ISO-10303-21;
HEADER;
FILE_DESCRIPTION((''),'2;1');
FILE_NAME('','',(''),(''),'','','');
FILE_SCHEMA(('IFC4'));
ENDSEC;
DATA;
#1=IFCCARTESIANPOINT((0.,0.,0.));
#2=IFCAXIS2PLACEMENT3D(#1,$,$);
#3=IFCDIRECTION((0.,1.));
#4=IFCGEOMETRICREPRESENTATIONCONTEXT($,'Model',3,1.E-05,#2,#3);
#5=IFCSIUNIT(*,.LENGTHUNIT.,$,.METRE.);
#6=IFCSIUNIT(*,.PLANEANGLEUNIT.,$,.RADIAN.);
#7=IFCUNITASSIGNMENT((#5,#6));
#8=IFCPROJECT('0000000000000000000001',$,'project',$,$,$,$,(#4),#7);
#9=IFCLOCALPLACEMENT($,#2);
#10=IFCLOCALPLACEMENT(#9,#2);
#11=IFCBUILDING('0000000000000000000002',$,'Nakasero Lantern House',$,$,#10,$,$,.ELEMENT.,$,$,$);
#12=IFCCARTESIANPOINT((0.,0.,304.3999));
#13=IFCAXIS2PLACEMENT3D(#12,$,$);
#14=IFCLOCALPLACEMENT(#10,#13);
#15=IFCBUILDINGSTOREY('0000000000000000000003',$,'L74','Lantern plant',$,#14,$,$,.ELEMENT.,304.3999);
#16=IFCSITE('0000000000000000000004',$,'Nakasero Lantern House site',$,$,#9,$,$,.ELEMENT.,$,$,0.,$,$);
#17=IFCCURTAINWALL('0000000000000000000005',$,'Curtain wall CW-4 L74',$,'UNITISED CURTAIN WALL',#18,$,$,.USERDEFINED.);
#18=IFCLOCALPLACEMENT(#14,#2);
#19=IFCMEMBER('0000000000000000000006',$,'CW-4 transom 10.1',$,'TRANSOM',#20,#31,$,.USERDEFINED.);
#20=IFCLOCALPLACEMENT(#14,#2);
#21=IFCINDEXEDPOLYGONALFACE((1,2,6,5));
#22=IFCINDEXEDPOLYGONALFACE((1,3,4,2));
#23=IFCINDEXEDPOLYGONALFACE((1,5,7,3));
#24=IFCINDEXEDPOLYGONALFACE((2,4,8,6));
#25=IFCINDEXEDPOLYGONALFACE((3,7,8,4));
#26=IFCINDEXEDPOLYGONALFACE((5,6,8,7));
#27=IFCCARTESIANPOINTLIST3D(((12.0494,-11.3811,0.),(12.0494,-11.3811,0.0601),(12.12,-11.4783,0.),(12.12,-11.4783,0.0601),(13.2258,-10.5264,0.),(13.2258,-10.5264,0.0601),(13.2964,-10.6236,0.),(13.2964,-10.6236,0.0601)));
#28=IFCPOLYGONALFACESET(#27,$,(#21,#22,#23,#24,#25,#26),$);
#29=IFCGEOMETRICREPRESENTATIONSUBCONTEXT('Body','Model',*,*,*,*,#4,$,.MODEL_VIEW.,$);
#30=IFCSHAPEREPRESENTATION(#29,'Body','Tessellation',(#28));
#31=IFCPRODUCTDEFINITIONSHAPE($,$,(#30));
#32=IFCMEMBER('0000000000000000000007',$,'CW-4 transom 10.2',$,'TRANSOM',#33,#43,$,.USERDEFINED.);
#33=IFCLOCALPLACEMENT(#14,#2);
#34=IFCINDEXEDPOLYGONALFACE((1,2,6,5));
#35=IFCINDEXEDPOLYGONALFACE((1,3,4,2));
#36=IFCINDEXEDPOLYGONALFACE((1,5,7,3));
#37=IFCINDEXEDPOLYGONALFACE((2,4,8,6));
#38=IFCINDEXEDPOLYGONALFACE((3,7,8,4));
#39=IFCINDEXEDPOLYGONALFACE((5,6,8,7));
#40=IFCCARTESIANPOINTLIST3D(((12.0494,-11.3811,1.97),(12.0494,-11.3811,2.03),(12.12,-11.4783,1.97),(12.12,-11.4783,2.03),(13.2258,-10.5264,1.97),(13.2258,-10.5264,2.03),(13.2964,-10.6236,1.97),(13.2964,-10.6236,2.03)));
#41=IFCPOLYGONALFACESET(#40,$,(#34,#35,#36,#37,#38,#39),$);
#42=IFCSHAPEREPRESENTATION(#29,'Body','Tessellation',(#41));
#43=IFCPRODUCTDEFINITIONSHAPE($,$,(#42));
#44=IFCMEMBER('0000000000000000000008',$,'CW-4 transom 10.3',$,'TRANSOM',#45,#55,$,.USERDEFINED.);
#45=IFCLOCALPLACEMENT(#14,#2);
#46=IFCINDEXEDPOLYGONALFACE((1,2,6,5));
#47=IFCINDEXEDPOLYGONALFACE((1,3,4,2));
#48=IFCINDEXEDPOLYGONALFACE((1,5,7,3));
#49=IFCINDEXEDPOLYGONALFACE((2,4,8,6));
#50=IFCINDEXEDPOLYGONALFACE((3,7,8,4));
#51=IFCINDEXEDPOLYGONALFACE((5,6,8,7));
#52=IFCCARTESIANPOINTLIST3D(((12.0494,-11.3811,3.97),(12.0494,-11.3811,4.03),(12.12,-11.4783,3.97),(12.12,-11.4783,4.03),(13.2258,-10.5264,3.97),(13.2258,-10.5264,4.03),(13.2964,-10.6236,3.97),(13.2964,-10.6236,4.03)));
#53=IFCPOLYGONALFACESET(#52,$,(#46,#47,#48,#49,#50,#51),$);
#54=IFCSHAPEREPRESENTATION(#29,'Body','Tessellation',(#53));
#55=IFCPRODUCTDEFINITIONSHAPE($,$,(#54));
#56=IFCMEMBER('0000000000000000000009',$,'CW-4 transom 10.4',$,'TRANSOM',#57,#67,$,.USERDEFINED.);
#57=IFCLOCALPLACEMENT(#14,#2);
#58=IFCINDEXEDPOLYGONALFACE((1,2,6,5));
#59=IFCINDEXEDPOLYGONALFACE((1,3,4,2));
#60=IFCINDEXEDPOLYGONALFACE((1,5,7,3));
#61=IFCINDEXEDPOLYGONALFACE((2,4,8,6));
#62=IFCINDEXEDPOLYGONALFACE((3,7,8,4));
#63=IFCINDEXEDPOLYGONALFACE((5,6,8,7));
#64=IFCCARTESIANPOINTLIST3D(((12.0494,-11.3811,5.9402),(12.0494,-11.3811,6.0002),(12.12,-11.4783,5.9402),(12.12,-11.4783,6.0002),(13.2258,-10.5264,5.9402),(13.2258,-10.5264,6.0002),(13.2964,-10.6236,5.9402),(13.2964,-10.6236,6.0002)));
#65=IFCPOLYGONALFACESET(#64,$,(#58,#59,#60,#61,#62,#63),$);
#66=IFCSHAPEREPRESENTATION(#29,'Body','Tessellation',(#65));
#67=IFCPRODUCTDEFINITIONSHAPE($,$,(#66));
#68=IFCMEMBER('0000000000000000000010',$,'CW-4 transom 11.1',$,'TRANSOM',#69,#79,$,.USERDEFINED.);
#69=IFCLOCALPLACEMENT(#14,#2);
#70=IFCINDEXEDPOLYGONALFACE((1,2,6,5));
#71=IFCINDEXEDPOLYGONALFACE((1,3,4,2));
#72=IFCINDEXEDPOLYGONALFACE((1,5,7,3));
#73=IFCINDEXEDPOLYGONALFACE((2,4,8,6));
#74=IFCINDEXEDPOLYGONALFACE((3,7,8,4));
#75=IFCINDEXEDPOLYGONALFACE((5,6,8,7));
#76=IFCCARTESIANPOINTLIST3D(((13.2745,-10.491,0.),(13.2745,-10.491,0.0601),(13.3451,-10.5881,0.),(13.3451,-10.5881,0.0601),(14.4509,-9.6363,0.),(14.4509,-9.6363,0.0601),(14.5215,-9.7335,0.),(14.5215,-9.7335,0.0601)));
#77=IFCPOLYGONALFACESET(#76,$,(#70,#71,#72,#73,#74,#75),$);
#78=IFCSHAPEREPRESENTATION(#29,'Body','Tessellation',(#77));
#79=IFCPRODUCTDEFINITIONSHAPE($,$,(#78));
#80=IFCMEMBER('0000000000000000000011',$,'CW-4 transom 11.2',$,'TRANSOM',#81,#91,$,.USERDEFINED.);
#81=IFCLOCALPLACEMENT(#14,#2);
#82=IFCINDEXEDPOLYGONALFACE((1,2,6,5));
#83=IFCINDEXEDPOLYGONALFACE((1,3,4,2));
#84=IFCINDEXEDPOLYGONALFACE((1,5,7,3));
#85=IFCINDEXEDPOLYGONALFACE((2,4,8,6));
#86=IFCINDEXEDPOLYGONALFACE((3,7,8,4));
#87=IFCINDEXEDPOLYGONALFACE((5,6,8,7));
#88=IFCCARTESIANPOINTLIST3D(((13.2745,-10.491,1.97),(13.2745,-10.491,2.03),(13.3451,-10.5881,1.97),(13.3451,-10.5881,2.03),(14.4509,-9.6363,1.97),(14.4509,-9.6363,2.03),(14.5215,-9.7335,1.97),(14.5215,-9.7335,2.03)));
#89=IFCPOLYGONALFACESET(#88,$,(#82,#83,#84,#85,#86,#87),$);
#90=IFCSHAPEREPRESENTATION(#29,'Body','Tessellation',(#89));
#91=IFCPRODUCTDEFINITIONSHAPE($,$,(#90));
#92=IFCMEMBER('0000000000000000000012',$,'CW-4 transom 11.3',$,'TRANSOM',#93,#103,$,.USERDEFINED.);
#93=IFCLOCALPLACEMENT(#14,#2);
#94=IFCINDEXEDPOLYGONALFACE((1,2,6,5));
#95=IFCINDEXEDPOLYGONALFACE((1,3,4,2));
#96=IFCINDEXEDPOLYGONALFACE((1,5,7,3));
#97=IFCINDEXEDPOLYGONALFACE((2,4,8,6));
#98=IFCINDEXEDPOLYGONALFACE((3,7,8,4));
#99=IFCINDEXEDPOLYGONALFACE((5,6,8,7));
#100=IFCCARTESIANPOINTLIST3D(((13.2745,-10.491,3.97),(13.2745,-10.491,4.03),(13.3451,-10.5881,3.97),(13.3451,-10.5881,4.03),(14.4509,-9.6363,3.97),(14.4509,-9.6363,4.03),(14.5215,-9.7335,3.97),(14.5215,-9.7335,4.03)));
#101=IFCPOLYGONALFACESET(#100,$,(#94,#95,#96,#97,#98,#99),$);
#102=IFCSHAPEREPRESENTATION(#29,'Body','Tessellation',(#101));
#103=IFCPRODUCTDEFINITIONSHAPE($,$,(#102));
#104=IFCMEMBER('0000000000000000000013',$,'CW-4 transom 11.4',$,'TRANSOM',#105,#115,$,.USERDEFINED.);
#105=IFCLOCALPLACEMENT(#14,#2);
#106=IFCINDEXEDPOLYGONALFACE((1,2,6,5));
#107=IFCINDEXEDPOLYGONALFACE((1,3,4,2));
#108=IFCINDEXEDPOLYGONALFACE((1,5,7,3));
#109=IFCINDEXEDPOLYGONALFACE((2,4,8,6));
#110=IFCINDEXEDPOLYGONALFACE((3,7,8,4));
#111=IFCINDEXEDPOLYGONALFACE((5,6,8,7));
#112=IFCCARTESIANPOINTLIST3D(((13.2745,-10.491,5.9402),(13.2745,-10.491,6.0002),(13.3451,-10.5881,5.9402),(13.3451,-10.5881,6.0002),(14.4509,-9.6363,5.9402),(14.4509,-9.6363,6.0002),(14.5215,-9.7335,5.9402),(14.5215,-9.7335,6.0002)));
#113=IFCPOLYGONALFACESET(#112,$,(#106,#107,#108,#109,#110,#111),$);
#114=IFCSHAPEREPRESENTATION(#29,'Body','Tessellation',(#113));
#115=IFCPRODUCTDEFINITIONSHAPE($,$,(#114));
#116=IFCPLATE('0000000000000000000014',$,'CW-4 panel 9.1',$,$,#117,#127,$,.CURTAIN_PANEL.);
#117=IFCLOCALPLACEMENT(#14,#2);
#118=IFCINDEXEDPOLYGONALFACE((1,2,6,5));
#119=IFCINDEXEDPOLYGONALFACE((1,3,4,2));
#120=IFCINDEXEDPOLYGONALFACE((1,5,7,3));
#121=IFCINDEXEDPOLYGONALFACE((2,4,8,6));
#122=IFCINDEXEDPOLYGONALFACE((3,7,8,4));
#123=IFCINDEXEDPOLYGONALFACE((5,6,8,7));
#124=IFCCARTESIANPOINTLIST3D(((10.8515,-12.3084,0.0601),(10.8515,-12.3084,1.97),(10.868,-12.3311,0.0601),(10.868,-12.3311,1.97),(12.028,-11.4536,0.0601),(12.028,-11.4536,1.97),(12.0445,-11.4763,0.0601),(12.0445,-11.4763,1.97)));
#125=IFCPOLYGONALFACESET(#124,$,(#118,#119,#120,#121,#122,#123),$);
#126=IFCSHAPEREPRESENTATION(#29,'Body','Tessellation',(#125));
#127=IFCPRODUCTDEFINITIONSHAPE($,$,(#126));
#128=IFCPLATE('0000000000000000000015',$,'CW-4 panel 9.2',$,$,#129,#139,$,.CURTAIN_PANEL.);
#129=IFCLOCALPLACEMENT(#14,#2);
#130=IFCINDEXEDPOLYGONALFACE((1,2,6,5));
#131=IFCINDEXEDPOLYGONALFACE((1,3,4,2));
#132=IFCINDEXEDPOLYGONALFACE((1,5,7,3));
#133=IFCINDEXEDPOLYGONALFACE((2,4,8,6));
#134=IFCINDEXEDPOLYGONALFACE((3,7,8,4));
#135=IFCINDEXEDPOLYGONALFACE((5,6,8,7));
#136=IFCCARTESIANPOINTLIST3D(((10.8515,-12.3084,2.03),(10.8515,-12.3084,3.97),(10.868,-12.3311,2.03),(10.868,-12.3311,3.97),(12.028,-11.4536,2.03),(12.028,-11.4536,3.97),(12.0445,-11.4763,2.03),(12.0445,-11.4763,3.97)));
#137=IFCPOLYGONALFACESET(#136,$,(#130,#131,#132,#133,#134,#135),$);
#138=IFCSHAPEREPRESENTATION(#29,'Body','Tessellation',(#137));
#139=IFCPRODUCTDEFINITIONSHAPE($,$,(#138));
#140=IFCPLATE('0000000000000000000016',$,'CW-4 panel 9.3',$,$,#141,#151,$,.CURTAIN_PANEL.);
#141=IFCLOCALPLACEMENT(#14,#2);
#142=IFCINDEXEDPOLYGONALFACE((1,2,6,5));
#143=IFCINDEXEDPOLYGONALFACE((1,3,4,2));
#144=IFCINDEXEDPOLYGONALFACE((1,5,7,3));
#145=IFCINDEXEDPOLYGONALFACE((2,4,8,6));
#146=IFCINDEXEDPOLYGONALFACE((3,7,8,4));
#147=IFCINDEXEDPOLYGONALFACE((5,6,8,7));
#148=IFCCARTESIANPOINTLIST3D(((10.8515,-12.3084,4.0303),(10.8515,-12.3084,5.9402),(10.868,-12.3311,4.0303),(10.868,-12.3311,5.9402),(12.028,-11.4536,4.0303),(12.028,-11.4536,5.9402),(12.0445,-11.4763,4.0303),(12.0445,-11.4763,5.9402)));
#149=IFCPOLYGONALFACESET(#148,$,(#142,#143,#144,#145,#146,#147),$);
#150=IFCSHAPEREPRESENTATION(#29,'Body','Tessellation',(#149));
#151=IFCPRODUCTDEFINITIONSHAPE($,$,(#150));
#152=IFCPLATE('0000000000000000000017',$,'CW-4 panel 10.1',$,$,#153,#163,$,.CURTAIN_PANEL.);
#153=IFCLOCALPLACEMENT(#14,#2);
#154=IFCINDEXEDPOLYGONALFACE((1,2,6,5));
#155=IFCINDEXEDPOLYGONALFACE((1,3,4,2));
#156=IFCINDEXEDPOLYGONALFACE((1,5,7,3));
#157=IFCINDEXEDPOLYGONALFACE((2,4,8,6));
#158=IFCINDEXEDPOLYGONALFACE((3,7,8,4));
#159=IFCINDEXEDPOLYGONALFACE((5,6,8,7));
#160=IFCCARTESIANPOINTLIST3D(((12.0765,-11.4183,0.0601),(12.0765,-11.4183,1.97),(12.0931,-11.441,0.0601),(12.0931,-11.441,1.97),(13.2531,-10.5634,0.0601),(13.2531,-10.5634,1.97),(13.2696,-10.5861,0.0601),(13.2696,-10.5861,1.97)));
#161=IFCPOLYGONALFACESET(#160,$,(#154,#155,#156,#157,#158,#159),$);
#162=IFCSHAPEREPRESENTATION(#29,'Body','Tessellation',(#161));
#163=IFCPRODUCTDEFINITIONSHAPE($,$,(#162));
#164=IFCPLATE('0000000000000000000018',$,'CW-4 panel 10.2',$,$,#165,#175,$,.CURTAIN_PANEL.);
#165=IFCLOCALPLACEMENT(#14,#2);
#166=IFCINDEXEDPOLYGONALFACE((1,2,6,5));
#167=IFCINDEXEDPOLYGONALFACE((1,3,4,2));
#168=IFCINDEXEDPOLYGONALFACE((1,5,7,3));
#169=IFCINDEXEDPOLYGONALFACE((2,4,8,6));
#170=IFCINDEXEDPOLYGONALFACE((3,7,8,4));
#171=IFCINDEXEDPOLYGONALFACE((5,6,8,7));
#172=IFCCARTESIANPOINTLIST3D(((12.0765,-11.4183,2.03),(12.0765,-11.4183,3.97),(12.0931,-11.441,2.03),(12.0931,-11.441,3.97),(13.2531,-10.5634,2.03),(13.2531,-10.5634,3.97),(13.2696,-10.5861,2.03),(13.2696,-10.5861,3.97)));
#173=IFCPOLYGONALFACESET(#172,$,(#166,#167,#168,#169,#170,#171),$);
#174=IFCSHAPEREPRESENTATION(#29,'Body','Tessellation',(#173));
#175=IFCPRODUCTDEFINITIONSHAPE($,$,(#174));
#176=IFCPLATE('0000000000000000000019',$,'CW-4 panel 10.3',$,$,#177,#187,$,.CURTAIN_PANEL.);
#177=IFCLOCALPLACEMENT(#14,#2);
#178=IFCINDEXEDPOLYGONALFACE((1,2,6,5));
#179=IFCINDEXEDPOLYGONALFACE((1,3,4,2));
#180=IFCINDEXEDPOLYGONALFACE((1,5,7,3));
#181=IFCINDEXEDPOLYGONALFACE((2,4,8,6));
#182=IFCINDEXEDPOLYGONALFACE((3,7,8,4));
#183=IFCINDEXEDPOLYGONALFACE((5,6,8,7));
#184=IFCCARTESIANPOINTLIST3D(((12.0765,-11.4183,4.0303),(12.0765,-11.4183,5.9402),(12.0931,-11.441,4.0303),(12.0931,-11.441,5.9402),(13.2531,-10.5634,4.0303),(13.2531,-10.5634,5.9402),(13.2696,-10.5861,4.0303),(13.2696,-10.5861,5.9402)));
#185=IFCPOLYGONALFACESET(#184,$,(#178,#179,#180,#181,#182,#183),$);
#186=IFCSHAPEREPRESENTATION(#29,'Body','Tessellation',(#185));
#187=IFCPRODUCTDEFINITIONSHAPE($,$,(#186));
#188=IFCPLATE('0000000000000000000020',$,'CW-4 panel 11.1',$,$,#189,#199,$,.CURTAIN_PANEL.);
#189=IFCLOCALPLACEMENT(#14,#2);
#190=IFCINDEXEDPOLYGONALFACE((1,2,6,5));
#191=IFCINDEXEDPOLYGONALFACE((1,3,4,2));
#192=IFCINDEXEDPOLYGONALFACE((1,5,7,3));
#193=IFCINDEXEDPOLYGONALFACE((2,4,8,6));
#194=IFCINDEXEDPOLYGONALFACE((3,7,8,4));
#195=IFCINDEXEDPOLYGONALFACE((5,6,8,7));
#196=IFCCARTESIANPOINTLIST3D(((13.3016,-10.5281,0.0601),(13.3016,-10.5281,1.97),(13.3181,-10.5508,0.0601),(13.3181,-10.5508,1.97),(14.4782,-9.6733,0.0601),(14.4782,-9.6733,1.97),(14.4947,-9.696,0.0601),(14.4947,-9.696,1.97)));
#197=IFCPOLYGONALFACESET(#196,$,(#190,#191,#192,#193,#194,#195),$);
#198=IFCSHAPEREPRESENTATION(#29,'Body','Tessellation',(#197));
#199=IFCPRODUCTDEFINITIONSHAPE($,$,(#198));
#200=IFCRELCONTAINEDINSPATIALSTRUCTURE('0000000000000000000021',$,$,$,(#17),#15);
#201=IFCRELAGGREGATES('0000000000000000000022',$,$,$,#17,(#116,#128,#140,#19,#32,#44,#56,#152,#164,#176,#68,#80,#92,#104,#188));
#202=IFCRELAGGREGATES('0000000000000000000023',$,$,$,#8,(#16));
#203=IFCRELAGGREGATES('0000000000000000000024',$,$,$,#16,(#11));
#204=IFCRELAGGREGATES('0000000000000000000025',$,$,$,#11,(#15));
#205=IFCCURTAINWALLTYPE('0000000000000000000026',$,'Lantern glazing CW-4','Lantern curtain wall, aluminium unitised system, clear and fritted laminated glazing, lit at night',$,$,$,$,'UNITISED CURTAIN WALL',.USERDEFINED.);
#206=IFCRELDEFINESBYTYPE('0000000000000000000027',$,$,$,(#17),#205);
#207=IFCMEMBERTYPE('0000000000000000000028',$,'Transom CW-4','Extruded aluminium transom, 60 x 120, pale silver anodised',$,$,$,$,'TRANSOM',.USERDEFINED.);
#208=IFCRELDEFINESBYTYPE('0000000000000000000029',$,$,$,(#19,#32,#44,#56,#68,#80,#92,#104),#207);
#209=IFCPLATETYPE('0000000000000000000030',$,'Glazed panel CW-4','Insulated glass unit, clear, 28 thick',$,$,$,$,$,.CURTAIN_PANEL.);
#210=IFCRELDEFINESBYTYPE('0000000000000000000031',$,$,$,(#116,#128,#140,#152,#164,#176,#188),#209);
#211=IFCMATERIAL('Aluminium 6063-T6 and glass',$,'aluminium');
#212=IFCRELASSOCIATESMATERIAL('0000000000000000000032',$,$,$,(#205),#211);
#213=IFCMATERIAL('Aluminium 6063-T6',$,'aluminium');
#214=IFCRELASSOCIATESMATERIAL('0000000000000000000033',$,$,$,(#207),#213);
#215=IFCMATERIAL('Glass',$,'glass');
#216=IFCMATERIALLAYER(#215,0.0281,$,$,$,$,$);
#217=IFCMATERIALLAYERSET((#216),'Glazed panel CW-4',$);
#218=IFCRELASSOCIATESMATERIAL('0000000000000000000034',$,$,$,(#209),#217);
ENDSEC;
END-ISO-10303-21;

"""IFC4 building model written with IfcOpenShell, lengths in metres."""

from ifc_helpers import new_model, si_unit, direction, frame, origin, origin_2d, place, context, subcontext, project, spatial, rectangle, extrude, material, layer, layer_set, material_profile, profile_set, type_object, element, aggregate, save


model = new_model("IFC4")

# Units and contexts
model_context = context("Model", 3, precision=1e-05, world=origin(), true_north=direction((0.0, 1.0)))
body_context = subcontext(model_context, "Body", "Model", "MODEL_VIEW")
ifc_project = project(units=[si_unit("LENGTHUNIT", "METRE"), si_unit("PLANEANGLEUNIT", "RADIAN")], contexts=[model_context])

# Site, building, storey
site_placement = place(None, origin())
site = spatial("IfcSite", under=ifc_project, at=site_placement, Name="Nakasero Lantern House site", CompositionType="ELEMENT", RefElevation=0.0)
building_placement = place(site_placement, origin())
building = spatial("IfcBuilding", under=site, at=building_placement, Name="Nakasero Lantern House", CompositionType="ELEMENT")
storey_placement = place(building_placement, frame((0.0, 0.0, 304.3999)))
storey = spatial("IfcBuildingStorey", under=building, at=storey_placement, Name="L74", Description="Lantern plant", CompositionType="ELEMENT", Elevation=304.3999)

# Curtain wall
ifc_material_1 = material(Name="Aluminium 6063-T6 and glass", Category="aluminium")
curtain_wall_type = type_object("IfcCurtainWallType", Name="Lantern glazing CW-4", Description="Lantern curtain wall, aluminium unitised system, clear and fritted laminated glazing, lit at night", ElementType="UNITISED CURTAIN WALL", PredefinedType="USERDEFINED", material=ifc_material_1)
curtain_wall_placement = place(storey_placement, origin())
curtain_wall = element("IfcCurtainWall", 1, at=curtain_wall_placement, inside=storey, type_object=curtain_wall_type, Name="Curtain wall CW-4 L74", ObjectType="UNITISED CURTAIN WALL", PredefinedType="USERDEFINED")

# Members
ifc_material_2 = material(Name="Aluminium 6063-T6", Category="aluminium")
ifc_material_profile_1 = material_profile(ifc_material_2, rectangle(XDim=0.0601, YDim=0.1201, at=origin_2d()), Name="CW-4 transom 60x120")
ifc_profile_set_1 = profile_set([ifc_material_profile_1], Name="Aluminium 6063-T6")
member_type_1 = type_object("IfcMemberType", Name="Transom CW-4", Description="Extruded aluminium transom, 60 x 120, pale silver anodised", ElementType="TRANSOM", PredefinedType="USERDEFINED", material=ifc_profile_set_1)
member_1_placement = place(storey_placement, frame((12.0847, -11.4297, 0.03), z_axis=(0.809034, 0.587762, 0.0), x_axis=(0.0, 0.0, 1.0)))
member_1 = element("IfcMember", 2, at=member_1_placement, type_object=member_type_1, Name="CW-4 transom 10.1", ObjectType="TRANSOM", PredefinedType="USERDEFINED", context=body_context, shape_type="SweptSolid", body=[
    extrude(rectangle(XDim=0.0601, YDim=0.1201, at=origin_2d()), origin(), (0.0, 0.0, 1.0), 1.4541),
])
member_2_placement = place(storey_placement, frame((12.0847, -11.4297, 2.0), z_axis=(0.809034, 0.587762, 0.0), x_axis=(0.0, 0.0, 1.0)))
member_2 = element("IfcMember", 3, at=member_2_placement, type_object=member_type_1, Name="CW-4 transom 10.2", ObjectType="TRANSOM", PredefinedType="USERDEFINED", context=body_context, shape_type="SweptSolid", body=[
    extrude(rectangle(XDim=0.0601, YDim=0.1201, at=origin_2d()), origin(), (0.0, 0.0, 1.0), 1.4541),
])
member_3_placement = place(storey_placement, frame((12.0847, -11.4297, 4.0), z_axis=(0.809034, 0.587762, 0.0), x_axis=(0.0, 0.0, 1.0)))
member_3 = element("IfcMember", 4, at=member_3_placement, type_object=member_type_1, Name="CW-4 transom 10.3", ObjectType="TRANSOM", PredefinedType="USERDEFINED", context=body_context, shape_type="SweptSolid", body=[
    extrude(rectangle(XDim=0.0601, YDim=0.1201, at=origin_2d()), origin(), (0.0, 0.0, 1.0), 1.4541),
])
member_4_placement = place(storey_placement, frame((12.0847, -11.4297, 5.9702), z_axis=(0.809034, 0.587762, 0.0), x_axis=(0.0, 0.0, 1.0)))
member_4 = element("IfcMember", 5, at=member_4_placement, type_object=member_type_1, Name="CW-4 transom 10.4", ObjectType="TRANSOM", PredefinedType="USERDEFINED", context=body_context, shape_type="SweptSolid", body=[
    extrude(rectangle(XDim=0.0601, YDim=0.1201, at=origin_2d()), origin(), (0.0, 0.0, 1.0), 1.4541),
])
member_5_placement = place(storey_placement, frame((13.3098, -10.5396, 0.03), z_axis=(0.809034, 0.587762, 0.0), x_axis=(0.0, 0.0, 1.0)))
member_5 = element("IfcMember", 6, at=member_5_placement, type_object=member_type_1, Name="CW-4 transom 11.1", ObjectType="TRANSOM", PredefinedType="USERDEFINED", context=body_context, shape_type="SweptSolid", body=[
    extrude(rectangle(XDim=0.0601, YDim=0.1201, at=origin_2d()), origin(), (0.0, 0.0, 1.0), 1.4541),
])
member_6_placement = place(storey_placement, frame((13.3098, -10.5396, 2.0), z_axis=(0.809034, 0.587762, 0.0), x_axis=(0.0, 0.0, 1.0)))
member_6 = element("IfcMember", 7, at=member_6_placement, type_object=member_type_1, Name="CW-4 transom 11.2", ObjectType="TRANSOM", PredefinedType="USERDEFINED", context=body_context, shape_type="SweptSolid", body=[
    extrude(rectangle(XDim=0.0601, YDim=0.1201, at=origin_2d()), origin(), (0.0, 0.0, 1.0), 1.4541),
])
member_7_placement = place(storey_placement, frame((13.3098, -10.5396, 4.0), z_axis=(0.809034, 0.587762, 0.0), x_axis=(0.0, 0.0, 1.0)))
member_7 = element("IfcMember", 8, at=member_7_placement, type_object=member_type_1, Name="CW-4 transom 11.3", ObjectType="TRANSOM", PredefinedType="USERDEFINED", context=body_context, shape_type="SweptSolid", body=[
    extrude(rectangle(XDim=0.0601, YDim=0.1201, at=origin_2d()), origin(), (0.0, 0.0, 1.0), 1.4541),
])
member_8_placement = place(storey_placement, frame((13.3098, -10.5396, 5.9702), z_axis=(0.809034, 0.587762, 0.0), x_axis=(0.0, 0.0, 1.0)))
member_8 = element("IfcMember", 9, at=member_8_placement, type_object=member_type_1, Name="CW-4 transom 11.4", ObjectType="TRANSOM", PredefinedType="USERDEFINED", context=body_context, shape_type="SweptSolid", body=[
    extrude(rectangle(XDim=0.0601, YDim=0.1201, at=origin_2d()), origin(), (0.0, 0.0, 1.0), 1.4541),
])

# Plates
ifc_material_3 = material(Name="Glass", Category="glass")
ifc_layer = layer(ifc_material_3, 0.0281)
ifc_layer_set = layer_set([ifc_layer], Name="Glazed panel CW-4")
plate_type = type_object("IfcPlateType", Name="Glazed panel CW-4", Description="Insulated glass unit, clear, 28 thick", PredefinedType="CURTAIN_PANEL", material=ifc_layer_set)
plate_1_placement = place(storey_placement, frame((11.448, -11.8923, 0.0601), z_axis=(0.0, 0.0, 1.0), x_axis=(0.809017, 0.587785, 0.0)))
plate_1 = element("IfcPlate", 10, at=plate_1_placement, type_object=plate_type, Name="CW-4 panel 9.1", PredefinedType="CURTAIN_PANEL", context=body_context, shape_type="SweptSolid", body=[
    extrude(rectangle(XDim=1.4543, YDim=0.0281, at=origin_2d()), origin(), (0.0, 0.0, 1.0), 1.9099),
])
plate_2_placement = place(storey_placement, frame((11.448, -11.8923, 2.03), z_axis=(0.0, 0.0, 1.0), x_axis=(0.809017, 0.587785, 0.0)))
plate_2 = element("IfcPlate", 11, at=plate_2_placement, type_object=plate_type, Name="CW-4 panel 9.2", PredefinedType="CURTAIN_PANEL", context=body_context, shape_type="SweptSolid", body=[
    extrude(rectangle(XDim=1.4543, YDim=0.0281, at=origin_2d()), origin(), (0.0, 0.0, 1.0), 1.9399),
])
plate_3_placement = place(storey_placement, frame((11.448, -11.8923, 4.0303), z_axis=(0.0, 0.0, 1.0), x_axis=(0.809017, 0.587785, 0.0)))
plate_3 = element("IfcPlate", 12, at=plate_3_placement, type_object=plate_type, Name="CW-4 panel 9.3", PredefinedType="CURTAIN_PANEL", context=body_context, shape_type="SweptSolid", body=[
    extrude(rectangle(XDim=1.4543, YDim=0.0281, at=origin_2d()), origin(), (0.0, 0.0, 1.0), 1.9099),
])
plate_4_placement = place(storey_placement, frame((12.6731, -11.0022, 0.0601), z_axis=(0.0, 0.0, 1.0), x_axis=(0.809017, 0.587785, 0.0)))
plate_4 = element("IfcPlate", 13, at=plate_4_placement, type_object=plate_type, Name="CW-4 panel 10.1", PredefinedType="CURTAIN_PANEL", context=body_context, shape_type="SweptSolid", body=[
    extrude(rectangle(XDim=1.4543, YDim=0.0281, at=origin_2d()), origin(), (0.0, 0.0, 1.0), 1.9099),
])
plate_5_placement = place(storey_placement, frame((12.6731, -11.0022, 2.03), z_axis=(0.0, 0.0, 1.0), x_axis=(0.809017, 0.587785, 0.0)))
plate_5 = element("IfcPlate", 14, at=plate_5_placement, type_object=plate_type, Name="CW-4 panel 10.2", PredefinedType="CURTAIN_PANEL", context=body_context, shape_type="SweptSolid", body=[
    extrude(rectangle(XDim=1.4543, YDim=0.0281, at=origin_2d()), origin(), (0.0, 0.0, 1.0), 1.9399),
])
plate_6_placement = place(storey_placement, frame((12.6731, -11.0022, 4.0303), z_axis=(0.0, 0.0, 1.0), x_axis=(0.809017, 0.587785, 0.0)))
plate_6 = element("IfcPlate", 15, at=plate_6_placement, type_object=plate_type, Name="CW-4 panel 10.3", PredefinedType="CURTAIN_PANEL", context=body_context, shape_type="SweptSolid", body=[
    extrude(rectangle(XDim=1.4543, YDim=0.0281, at=origin_2d()), origin(), (0.0, 0.0, 1.0), 1.9099),
])
plate_7_placement = place(storey_placement, frame((13.8982, -10.1121, 0.0601), z_axis=(0.0, 0.0, 1.0), x_axis=(0.809017, 0.587785, 0.0)))
plate_7 = element("IfcPlate", 16, at=plate_7_placement, type_object=plate_type, Name="CW-4 panel 11.1", PredefinedType="CURTAIN_PANEL", context=body_context, shape_type="SweptSolid", body=[
    extrude(rectangle(XDim=1.4543, YDim=0.0281, at=origin_2d()), origin(), (0.0, 0.0, 1.0), 1.9099),
])
aggregate(curtain_wall, [plate_1, plate_2, plate_3, member_1, member_2, member_3, member_4, plate_4, plate_5, plate_6, member_5, member_6, member_7, member_8, plate_7])

save(model, "model.ifc")
